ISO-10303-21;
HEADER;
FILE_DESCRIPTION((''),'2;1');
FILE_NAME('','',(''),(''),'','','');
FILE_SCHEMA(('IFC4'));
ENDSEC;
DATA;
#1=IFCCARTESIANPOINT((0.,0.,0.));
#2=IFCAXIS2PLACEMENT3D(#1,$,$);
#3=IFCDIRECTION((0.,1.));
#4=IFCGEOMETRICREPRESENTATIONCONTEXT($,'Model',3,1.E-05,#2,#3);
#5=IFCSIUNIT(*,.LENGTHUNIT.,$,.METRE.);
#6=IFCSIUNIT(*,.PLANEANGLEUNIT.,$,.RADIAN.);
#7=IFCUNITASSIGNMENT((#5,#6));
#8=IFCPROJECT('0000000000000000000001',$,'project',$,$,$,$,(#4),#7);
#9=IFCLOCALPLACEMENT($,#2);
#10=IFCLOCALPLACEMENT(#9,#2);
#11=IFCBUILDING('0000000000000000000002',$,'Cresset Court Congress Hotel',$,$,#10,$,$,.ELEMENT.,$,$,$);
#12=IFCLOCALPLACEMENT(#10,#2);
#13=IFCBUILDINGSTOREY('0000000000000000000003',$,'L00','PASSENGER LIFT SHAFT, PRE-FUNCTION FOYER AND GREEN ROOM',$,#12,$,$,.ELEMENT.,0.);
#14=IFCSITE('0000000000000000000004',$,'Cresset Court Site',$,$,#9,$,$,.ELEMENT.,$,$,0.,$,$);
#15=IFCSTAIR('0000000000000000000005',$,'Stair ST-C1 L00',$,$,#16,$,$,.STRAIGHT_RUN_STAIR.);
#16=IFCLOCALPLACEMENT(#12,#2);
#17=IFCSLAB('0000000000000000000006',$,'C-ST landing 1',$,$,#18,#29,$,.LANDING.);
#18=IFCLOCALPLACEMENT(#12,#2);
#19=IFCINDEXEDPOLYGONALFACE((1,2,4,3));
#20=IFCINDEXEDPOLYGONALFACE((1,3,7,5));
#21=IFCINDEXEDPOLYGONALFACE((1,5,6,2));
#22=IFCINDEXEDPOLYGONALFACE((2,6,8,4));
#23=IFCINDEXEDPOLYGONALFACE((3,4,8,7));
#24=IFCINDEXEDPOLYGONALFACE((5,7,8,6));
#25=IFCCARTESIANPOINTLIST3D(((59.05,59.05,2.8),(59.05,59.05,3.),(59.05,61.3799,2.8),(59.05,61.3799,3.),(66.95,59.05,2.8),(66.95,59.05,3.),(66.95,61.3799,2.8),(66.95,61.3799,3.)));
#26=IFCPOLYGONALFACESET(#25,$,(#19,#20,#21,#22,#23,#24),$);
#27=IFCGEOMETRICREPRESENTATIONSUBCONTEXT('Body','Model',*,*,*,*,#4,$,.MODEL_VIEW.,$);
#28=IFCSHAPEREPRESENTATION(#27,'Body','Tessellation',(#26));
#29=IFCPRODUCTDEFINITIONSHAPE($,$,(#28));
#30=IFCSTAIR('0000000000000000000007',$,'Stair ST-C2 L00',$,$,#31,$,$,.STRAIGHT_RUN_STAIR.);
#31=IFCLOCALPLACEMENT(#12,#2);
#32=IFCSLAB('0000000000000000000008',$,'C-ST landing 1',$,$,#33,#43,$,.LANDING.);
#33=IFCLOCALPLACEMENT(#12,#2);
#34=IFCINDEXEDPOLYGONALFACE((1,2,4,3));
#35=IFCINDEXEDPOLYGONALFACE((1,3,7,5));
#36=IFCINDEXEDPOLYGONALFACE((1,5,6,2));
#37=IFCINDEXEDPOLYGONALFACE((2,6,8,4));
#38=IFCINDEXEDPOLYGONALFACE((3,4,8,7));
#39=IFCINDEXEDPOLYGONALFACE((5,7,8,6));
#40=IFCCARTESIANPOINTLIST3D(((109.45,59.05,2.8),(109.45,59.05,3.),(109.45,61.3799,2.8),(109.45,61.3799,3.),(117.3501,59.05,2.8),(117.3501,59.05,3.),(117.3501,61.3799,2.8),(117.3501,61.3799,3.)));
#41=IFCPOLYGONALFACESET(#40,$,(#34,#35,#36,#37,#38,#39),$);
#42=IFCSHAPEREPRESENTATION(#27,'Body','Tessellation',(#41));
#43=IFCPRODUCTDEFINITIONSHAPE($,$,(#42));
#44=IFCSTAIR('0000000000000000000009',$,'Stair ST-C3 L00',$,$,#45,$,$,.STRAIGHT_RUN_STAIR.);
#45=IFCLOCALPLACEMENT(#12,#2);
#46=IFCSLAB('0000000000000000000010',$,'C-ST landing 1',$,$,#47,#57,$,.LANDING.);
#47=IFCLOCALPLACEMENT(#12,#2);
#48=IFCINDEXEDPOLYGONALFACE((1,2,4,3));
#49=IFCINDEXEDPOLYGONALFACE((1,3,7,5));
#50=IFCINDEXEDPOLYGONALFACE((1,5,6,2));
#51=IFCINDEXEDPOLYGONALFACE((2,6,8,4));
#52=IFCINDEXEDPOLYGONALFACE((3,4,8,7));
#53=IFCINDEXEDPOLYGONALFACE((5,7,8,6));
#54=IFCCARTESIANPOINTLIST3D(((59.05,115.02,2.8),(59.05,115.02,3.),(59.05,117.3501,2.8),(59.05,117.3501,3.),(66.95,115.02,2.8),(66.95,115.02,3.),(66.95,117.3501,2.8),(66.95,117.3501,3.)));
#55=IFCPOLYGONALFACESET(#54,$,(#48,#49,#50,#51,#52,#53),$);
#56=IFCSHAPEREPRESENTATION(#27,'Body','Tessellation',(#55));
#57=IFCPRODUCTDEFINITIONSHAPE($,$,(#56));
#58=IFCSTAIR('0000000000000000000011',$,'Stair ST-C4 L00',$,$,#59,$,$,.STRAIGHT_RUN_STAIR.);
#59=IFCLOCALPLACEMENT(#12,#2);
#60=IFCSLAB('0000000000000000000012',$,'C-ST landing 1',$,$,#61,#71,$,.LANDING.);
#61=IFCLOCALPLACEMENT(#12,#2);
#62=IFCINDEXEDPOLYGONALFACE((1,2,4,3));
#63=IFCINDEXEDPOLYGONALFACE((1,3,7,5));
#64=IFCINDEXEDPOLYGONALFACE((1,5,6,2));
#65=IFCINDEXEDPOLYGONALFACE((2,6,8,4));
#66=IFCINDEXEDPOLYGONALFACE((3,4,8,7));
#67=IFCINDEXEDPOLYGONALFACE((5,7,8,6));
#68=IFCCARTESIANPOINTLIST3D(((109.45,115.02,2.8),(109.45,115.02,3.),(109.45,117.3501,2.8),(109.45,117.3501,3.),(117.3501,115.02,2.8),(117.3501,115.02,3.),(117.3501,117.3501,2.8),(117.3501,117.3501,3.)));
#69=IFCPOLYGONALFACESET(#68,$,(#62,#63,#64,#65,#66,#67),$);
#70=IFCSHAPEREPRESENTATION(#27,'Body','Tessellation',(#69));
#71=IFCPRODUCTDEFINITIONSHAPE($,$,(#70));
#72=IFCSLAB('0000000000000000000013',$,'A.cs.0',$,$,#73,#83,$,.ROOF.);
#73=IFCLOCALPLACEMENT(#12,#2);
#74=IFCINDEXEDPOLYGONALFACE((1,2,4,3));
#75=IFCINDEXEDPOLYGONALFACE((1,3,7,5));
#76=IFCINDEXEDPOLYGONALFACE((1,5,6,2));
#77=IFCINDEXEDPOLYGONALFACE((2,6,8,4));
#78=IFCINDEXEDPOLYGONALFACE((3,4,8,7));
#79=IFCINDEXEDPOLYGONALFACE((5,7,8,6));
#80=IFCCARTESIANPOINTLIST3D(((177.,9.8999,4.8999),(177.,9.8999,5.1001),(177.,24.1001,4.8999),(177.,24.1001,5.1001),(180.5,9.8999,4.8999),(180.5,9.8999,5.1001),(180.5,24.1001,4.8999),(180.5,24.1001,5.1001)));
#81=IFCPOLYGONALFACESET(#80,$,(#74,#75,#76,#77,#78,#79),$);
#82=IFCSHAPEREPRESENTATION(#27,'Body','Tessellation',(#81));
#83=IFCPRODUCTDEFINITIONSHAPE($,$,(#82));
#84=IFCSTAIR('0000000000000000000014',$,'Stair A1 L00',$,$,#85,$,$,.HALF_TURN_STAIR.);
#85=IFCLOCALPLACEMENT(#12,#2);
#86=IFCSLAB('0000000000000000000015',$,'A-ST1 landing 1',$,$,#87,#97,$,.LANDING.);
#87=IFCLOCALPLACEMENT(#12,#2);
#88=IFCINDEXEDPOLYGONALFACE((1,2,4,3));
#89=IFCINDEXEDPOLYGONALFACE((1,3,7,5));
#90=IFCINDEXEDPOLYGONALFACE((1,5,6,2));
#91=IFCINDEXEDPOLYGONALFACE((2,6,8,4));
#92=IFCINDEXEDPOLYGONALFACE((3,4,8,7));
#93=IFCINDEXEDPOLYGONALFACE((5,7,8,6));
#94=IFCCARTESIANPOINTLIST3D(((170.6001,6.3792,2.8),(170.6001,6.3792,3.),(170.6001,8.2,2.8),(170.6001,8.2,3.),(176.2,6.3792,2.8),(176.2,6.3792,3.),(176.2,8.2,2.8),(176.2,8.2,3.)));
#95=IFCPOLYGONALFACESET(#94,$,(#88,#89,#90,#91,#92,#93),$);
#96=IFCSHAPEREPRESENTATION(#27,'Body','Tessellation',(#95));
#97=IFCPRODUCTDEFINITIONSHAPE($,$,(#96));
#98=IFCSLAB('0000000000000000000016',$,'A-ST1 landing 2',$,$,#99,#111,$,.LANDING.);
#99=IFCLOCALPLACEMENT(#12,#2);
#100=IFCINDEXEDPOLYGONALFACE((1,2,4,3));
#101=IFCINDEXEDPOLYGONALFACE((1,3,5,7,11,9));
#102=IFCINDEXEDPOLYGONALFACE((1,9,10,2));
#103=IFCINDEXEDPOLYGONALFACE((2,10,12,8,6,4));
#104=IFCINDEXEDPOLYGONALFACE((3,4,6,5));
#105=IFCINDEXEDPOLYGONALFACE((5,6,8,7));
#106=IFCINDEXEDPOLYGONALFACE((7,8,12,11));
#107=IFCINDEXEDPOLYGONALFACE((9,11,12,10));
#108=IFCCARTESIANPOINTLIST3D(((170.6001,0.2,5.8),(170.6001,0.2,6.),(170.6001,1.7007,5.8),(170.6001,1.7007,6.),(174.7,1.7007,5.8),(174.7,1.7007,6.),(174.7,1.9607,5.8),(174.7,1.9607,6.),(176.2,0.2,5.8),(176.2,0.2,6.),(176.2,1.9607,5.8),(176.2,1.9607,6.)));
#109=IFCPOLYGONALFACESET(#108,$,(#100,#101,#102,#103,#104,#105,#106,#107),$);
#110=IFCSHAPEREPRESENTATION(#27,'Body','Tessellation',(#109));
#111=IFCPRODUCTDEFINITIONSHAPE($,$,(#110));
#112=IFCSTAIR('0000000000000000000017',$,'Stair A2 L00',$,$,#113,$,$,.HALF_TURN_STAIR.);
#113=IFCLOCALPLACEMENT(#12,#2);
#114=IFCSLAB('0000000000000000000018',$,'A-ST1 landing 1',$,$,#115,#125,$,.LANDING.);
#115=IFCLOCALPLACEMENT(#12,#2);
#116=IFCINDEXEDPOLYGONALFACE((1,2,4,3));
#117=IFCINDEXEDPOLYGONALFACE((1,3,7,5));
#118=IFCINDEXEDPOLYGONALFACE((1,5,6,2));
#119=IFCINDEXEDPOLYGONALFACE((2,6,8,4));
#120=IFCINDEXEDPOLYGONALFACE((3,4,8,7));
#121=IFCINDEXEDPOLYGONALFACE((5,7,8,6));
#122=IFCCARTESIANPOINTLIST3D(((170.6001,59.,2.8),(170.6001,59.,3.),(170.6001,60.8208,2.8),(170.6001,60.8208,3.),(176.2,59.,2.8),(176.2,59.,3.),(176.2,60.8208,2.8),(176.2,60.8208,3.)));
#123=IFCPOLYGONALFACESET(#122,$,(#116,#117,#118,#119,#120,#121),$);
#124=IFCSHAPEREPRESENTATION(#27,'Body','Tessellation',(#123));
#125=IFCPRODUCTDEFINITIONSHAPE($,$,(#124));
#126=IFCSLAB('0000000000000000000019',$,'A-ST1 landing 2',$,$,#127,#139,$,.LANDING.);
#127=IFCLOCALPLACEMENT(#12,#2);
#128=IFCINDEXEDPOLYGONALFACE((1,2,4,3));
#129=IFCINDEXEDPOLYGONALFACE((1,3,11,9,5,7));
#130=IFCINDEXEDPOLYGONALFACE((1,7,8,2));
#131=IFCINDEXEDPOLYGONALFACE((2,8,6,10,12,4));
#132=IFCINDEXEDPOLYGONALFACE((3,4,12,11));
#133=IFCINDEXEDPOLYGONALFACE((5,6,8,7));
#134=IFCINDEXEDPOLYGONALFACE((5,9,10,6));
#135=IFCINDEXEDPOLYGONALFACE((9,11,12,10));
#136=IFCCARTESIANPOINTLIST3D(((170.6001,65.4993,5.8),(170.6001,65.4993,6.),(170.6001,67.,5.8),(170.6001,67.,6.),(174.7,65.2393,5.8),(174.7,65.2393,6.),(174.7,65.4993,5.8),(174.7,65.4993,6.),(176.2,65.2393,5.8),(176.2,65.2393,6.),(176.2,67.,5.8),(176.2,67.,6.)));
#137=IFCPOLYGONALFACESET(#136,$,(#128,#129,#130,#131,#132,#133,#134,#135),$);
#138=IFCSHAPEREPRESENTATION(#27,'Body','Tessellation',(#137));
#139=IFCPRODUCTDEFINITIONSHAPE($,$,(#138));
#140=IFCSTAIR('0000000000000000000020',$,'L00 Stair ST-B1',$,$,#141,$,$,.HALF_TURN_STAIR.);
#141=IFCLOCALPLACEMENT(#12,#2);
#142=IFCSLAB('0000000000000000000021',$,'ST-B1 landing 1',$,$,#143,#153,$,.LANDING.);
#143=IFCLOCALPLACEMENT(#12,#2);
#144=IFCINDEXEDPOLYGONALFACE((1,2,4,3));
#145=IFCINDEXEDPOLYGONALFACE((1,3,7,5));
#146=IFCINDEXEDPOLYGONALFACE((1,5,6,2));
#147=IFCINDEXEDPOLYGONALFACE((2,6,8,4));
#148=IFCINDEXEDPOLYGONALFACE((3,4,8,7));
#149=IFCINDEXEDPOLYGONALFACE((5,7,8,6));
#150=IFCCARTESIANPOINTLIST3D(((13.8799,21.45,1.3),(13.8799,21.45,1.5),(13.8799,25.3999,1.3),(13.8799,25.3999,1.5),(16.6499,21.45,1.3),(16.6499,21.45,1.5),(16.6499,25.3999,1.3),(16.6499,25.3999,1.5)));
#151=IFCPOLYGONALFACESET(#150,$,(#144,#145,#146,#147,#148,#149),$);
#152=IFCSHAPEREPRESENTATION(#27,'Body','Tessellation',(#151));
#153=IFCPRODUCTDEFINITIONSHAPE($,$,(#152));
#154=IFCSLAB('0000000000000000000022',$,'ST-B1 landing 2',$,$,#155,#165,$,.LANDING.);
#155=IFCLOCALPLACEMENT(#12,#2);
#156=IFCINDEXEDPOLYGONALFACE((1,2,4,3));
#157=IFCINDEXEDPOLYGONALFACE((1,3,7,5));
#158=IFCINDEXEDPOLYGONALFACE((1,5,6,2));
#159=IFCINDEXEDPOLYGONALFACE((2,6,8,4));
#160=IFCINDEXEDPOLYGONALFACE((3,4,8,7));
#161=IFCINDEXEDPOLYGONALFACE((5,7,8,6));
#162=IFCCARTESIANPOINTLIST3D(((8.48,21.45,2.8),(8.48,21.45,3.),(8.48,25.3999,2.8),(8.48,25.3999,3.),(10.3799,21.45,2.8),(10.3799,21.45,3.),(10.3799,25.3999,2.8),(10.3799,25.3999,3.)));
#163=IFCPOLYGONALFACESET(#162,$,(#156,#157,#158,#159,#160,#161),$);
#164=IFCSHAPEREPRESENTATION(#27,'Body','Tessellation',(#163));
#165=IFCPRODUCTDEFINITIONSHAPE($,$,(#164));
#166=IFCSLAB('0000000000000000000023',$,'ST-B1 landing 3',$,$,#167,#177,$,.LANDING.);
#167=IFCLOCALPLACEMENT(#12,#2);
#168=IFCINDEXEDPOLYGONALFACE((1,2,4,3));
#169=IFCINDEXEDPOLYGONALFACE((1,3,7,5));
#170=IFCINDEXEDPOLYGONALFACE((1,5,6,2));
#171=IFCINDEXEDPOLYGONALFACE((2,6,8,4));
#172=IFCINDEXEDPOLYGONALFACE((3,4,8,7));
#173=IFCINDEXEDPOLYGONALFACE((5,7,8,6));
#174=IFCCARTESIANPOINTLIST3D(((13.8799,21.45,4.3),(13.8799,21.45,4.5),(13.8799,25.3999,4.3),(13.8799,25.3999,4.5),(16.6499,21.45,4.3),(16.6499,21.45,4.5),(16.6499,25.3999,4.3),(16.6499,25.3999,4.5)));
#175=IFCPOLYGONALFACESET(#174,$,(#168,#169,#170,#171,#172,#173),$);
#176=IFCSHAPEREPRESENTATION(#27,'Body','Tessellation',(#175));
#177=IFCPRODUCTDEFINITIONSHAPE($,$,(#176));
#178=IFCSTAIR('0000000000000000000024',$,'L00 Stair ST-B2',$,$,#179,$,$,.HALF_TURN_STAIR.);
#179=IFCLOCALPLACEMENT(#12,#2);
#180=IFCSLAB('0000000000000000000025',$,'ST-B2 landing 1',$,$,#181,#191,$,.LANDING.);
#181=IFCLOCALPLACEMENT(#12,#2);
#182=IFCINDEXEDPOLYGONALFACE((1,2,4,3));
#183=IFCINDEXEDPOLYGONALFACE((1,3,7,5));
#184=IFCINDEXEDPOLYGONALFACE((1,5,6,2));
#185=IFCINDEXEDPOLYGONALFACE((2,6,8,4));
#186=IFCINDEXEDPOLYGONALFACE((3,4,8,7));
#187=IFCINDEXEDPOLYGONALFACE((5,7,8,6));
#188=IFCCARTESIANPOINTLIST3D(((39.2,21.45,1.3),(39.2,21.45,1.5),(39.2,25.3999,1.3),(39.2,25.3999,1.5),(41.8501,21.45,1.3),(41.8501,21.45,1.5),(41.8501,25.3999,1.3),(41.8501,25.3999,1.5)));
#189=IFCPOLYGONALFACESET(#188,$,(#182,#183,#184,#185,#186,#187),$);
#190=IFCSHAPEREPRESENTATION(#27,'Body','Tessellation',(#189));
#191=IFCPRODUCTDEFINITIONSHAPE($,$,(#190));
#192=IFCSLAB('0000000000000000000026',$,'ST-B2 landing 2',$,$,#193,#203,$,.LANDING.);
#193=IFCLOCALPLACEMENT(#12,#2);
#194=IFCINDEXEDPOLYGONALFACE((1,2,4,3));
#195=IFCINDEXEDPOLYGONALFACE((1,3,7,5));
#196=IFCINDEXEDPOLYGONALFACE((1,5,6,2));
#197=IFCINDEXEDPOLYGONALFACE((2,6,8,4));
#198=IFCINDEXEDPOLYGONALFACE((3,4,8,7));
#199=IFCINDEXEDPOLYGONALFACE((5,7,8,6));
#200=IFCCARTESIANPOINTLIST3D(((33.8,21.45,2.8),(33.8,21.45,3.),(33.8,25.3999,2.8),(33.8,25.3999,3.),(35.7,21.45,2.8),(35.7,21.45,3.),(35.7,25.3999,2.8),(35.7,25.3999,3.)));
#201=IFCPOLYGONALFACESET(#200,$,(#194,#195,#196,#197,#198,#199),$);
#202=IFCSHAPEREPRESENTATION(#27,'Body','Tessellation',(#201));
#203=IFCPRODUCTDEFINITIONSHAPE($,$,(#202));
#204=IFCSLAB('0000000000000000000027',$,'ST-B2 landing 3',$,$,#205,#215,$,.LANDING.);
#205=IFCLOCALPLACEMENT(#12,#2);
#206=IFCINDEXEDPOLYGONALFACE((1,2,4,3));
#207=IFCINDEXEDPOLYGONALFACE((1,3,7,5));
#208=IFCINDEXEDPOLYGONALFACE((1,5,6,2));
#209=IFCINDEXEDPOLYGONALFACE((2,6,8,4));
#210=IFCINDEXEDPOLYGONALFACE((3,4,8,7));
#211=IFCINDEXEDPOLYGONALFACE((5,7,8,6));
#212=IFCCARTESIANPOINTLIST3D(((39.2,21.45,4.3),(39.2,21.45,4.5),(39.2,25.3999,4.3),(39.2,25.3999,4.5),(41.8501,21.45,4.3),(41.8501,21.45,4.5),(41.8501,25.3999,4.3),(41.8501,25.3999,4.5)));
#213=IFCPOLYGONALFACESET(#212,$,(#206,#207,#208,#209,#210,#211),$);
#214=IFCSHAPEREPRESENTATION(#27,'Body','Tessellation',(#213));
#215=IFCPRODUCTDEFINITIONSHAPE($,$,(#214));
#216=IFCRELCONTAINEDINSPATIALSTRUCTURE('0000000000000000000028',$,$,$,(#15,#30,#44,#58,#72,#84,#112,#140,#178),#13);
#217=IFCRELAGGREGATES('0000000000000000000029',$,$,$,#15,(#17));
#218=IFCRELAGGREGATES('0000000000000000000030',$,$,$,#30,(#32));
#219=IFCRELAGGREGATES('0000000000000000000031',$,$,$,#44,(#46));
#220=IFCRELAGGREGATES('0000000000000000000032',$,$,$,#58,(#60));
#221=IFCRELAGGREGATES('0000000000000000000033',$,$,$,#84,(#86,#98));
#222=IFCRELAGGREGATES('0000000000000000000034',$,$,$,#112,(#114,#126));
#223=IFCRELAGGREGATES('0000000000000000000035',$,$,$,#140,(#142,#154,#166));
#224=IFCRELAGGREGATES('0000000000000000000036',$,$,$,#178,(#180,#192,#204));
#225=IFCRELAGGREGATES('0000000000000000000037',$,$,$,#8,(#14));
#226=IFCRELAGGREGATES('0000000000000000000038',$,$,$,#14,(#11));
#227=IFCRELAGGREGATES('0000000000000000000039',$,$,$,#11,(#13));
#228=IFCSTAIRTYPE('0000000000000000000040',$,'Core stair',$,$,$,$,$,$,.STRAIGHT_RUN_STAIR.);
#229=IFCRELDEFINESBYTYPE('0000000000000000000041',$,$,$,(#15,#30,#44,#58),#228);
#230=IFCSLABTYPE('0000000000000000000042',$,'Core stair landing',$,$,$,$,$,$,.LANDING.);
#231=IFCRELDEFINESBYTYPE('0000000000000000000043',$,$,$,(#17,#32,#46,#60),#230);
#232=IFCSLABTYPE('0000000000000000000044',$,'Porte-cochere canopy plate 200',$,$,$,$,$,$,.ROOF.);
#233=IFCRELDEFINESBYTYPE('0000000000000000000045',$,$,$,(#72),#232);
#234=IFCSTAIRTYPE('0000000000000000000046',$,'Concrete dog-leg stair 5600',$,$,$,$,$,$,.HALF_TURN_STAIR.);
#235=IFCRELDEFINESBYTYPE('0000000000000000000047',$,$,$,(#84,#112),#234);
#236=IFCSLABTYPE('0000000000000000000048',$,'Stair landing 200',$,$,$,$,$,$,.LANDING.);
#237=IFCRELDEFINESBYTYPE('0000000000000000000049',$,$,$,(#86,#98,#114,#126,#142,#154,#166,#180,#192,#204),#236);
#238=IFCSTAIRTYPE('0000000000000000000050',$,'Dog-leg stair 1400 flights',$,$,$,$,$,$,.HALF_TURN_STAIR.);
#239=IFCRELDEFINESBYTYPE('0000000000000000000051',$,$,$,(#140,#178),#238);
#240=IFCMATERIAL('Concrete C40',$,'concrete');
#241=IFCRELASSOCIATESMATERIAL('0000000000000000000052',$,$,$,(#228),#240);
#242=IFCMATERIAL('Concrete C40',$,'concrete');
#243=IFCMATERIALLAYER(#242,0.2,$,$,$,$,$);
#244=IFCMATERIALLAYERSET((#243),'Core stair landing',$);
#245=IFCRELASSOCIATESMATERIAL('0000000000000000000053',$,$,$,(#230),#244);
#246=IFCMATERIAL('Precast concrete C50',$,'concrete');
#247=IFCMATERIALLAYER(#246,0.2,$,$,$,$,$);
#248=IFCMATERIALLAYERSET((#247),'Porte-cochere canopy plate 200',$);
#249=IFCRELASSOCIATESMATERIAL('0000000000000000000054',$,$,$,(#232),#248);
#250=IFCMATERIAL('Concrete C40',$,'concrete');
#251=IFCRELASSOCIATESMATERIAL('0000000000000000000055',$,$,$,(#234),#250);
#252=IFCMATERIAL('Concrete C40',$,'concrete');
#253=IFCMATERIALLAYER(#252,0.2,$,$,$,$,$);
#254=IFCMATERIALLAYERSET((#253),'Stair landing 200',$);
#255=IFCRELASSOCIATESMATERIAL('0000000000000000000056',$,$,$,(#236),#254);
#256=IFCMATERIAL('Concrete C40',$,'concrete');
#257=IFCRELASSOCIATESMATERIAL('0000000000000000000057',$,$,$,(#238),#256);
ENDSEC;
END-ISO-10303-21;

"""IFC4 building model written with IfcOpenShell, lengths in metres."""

from ifc_helpers import new_model, si_unit, direction, frame, origin, place, context, subcontext, project, spatial, polyline, outline, extrude, material, layer, layer_set, type_object, element, aggregate, save


model = new_model("IFC4")

# Units and contexts
model_context = context("Model", 3, precision=1e-05, world=origin(), true_north=direction((0.0, 1.0)))
body_context = subcontext(model_context, "Body", "Model", "MODEL_VIEW")
ifc_project = project(units=[si_unit("LENGTHUNIT", "METRE"), si_unit("PLANEANGLEUNIT", "RADIAN")], contexts=[model_context])

# Site, building, storey
site_placement = place(None, origin())
site = spatial("IfcSite", under=ifc_project, at=site_placement, Name="Cresset Court Site", CompositionType="ELEMENT", RefElevation=0.0)
building_placement = place(site_placement, origin())
building = spatial("IfcBuilding", under=site, at=building_placement, Name="Cresset Court Congress Hotel", CompositionType="ELEMENT")
storey_placement = place(building_placement, origin())
storey = spatial("IfcBuildingStorey", under=building, at=storey_placement, Name="L00", Description="PASSENGER LIFT SHAFT, PRE-FUNCTION FOYER AND GREEN ROOM", CompositionType="ELEMENT", Elevation=0.0)

# Stairs, slabs
ifc_material_1 = material(Name="Concrete C40", Category="concrete")
stair_type_1 = type_object("IfcStairType", Name="Core stair", PredefinedType="STRAIGHT_RUN_STAIR", material=ifc_material_1)
stair_1_placement = place(storey_placement, origin())
stair_1 = element("IfcStair", 1, at=stair_1_placement, inside=storey, type_object=stair_type_1, Name="Stair ST-C1 L00", PredefinedType="STRAIGHT_RUN_STAIR")
ifc_material_2 = material(Name="Concrete C40", Category="concrete")
ifc_layer_1 = layer(ifc_material_2, 0.2)
ifc_layer_set_1 = layer_set([ifc_layer_1], Name="Core stair landing")
slab_type_1 = type_object("IfcSlabType", Name="Core stair landing", PredefinedType="LANDING", material=ifc_layer_set_1)
slab_1_placement = place(storey_placement, frame((0.0, 0.0, 2.8)))
slab_1 = element("IfcSlab", 2, at=slab_1_placement, type_object=slab_type_1, Name="C-ST landing 1", PredefinedType="LANDING", context=body_context, shape_type="SweptSolid", body=[
    extrude(outline(polyline([(66.95, 59.05), (66.95, 61.3799), (59.05, 61.3799), (59.05, 59.05), (66.95, 59.05)])), origin(), (0.0, 0.0, 1.0), 0.2),
])
aggregate(stair_1, [slab_1])
stair_2_placement = place(storey_placement, origin())
stair_2 = element("IfcStair", 3, at=stair_2_placement, inside=storey, type_object=stair_type_1, Name="Stair ST-C2 L00", PredefinedType="STRAIGHT_RUN_STAIR")
slab_2_placement = place(storey_placement, frame((0.0, 0.0, 2.8)))
slab_2 = element("IfcSlab", 4, at=slab_2_placement, type_object=slab_type_1, Name="C-ST landing 1", PredefinedType="LANDING", context=body_context, shape_type="SweptSolid", body=[
    extrude(outline(polyline([(117.3501, 59.05), (117.3501, 61.3799), (109.45, 61.3799), (109.45, 59.05), (117.3501, 59.05)])), origin(), (0.0, 0.0, 1.0), 0.2),
])
aggregate(stair_2, [slab_2])
stair_3_placement = place(storey_placement, origin())
stair_3 = element("IfcStair", 5, at=stair_3_placement, inside=storey, type_object=stair_type_1, Name="Stair ST-C3 L00", PredefinedType="STRAIGHT_RUN_STAIR")
slab_3_placement = place(storey_placement, frame((0.0, 0.0, 2.8)))
slab_3 = element("IfcSlab", 6, at=slab_3_placement, type_object=slab_type_1, Name="C-ST landing 1", PredefinedType="LANDING", context=body_context, shape_type="SweptSolid", body=[
    extrude(outline(polyline([(66.95, 115.02), (66.95, 117.3501), (59.05, 117.3501), (59.05, 115.02), (66.95, 115.02)])), origin(), (0.0, 0.0, 1.0), 0.2),
])
aggregate(stair_3, [slab_3])
stair_4_placement = place(storey_placement, origin())
stair_4 = element("IfcStair", 7, at=stair_4_placement, inside=storey, type_object=stair_type_1, Name="Stair ST-C4 L00", PredefinedType="STRAIGHT_RUN_STAIR")
slab_4_placement = place(storey_placement, frame((0.0, 0.0, 2.8)))
slab_4 = element("IfcSlab", 8, at=slab_4_placement, type_object=slab_type_1, Name="C-ST landing 1", PredefinedType="LANDING", context=body_context, shape_type="SweptSolid", body=[
    extrude(outline(polyline([(117.3501, 115.02), (117.3501, 117.3501), (109.45, 117.3501), (109.45, 115.02), (117.3501, 115.02)])), origin(), (0.0, 0.0, 1.0), 0.2),
])
aggregate(stair_4, [slab_4])

# Slab
ifc_material_3 = material(Name="Precast concrete C50", Category="concrete")
ifc_layer_2 = layer(ifc_material_3, 0.2)
ifc_layer_set_2 = layer_set([ifc_layer_2], Name="Porte-cochere canopy plate 200")
slab_type_2 = type_object("IfcSlabType", Name="Porte-cochere canopy plate 200", PredefinedType="ROOF", material=ifc_layer_set_2)
slab_5_placement = place(storey_placement, frame((0.0, 0.0, 4.8999)))
element("IfcSlab", 9, at=slab_5_placement, inside=storey, type_object=slab_type_2, Name="A.cs.0", PredefinedType="ROOF", context=body_context, shape_type="SweptSolid", body=[
    extrude(outline(polyline([(177.0, 9.8999), (180.5, 9.8999), (180.5, 24.1001), (177.0, 24.1001), (177.0, 9.8999)])), origin(), (0.0, 0.0, 1.0), 0.2002),
])

# Stairs, slabs
ifc_material_4 = material(Name="Concrete C40", Category="concrete")
stair_type_2 = type_object("IfcStairType", Name="Concrete dog-leg stair 5600", PredefinedType="HALF_TURN_STAIR", material=ifc_material_4)
stair_5_placement = place(storey_placement, origin())
stair_5 = element("IfcStair", 10, at=stair_5_placement, inside=storey, type_object=stair_type_2, Name="Stair A1 L00", PredefinedType="HALF_TURN_STAIR")
ifc_material_5 = material(Name="Concrete C40", Category="concrete")
ifc_layer_3 = layer(ifc_material_5, 0.2)
ifc_layer_set_3 = layer_set([ifc_layer_3], Name="Stair landing 200")
slab_type_3 = type_object("IfcSlabType", Name="Stair landing 200", PredefinedType="LANDING", material=ifc_layer_set_3)
slab_6_placement = place(storey_placement, frame((0.0, 0.0, 2.8)))
slab_6 = element("IfcSlab", 11, at=slab_6_placement, type_object=slab_type_3, Name="A-ST1 landing 1", PredefinedType="LANDING", context=body_context, shape_type="SweptSolid", body=[
    extrude(outline(polyline([(170.6001, 6.3792), (176.2, 6.3792), (176.2, 8.2), (170.6001, 8.2), (170.6001, 6.3792)])), origin(), (0.0, 0.0, 1.0), 0.2),
])
slab_7_placement = place(storey_placement, frame((0.0, 0.0, 5.8)))
slab_7 = element("IfcSlab", 12, at=slab_7_placement, type_object=slab_type_3, Name="A-ST1 landing 2", PredefinedType="LANDING", context=body_context, shape_type="SweptSolid", body=[
    extrude(outline(polyline([(170.6001, 0.2), (176.2, 0.2), (176.2, 1.9607), (174.7, 1.9607), (174.7, 1.7007), (170.6001, 1.7007), (170.6001, 0.2)])), origin(), (0.0, 0.0, 1.0), 0.2),
])
aggregate(stair_5, [slab_6, slab_7])
stair_6_placement = place(storey_placement, origin())
stair_6 = element("IfcStair", 13, at=stair_6_placement, inside=storey, type_object=stair_type_2, Name="Stair A2 L00", PredefinedType="HALF_TURN_STAIR")
slab_8_placement = place(storey_placement, frame((0.0, 0.0, 2.8)))
slab_8 = element("IfcSlab", 14, at=slab_8_placement, type_object=slab_type_3, Name="A-ST1 landing 1", PredefinedType="LANDING", context=body_context, shape_type="SweptSolid", body=[
    extrude(outline(polyline([(170.6001, 60.8208), (176.2, 60.8208), (176.2, 59.0), (170.6001, 59.0), (170.6001, 60.8208)])), origin(), (0.0, 0.0, 1.0), 0.2),
])
slab_9_placement = place(storey_placement, frame((0.0, 0.0, 5.8)))
slab_9 = element("IfcSlab", 15, at=slab_9_placement, type_object=slab_type_3, Name="A-ST1 landing 2", PredefinedType="LANDING", context=body_context, shape_type="SweptSolid", body=[
    extrude(outline(polyline([(170.6001, 67.0), (176.2, 67.0), (176.2, 65.2393), (174.7, 65.2393), (174.7, 65.4993), (170.6001, 65.4993), (170.6001, 67.0)])), origin(), (0.0, 0.0, 1.0), 0.2),
])
aggregate(stair_6, [slab_8, slab_9])
ifc_material_6 = material(Name="Concrete C40", Category="concrete")
stair_type_3 = type_object("IfcStairType", Name="Dog-leg stair 1400 flights", PredefinedType="HALF_TURN_STAIR", material=ifc_material_6)
stair_7_placement = place(storey_placement, origin())
stair_7 = element("IfcStair", 16, at=stair_7_placement, inside=storey, type_object=stair_type_3, Name="L00 Stair ST-B1", PredefinedType="HALF_TURN_STAIR")
slab_10_placement = place(storey_placement, frame((0.0, 0.0, 1.3)))
slab_10 = element("IfcSlab", 17, at=slab_10_placement, type_object=slab_type_3, Name="ST-B1 landing 1", PredefinedType="LANDING", context=body_context, shape_type="SweptSolid", body=[
    extrude(outline(polyline([(13.8799, 21.45), (16.6499, 21.45), (16.6499, 25.3999), (13.8799, 25.3999), (13.8799, 21.45)])), origin(), (0.0, 0.0, 1.0), 0.2),
])
slab_11_placement = place(storey_placement, frame((0.0, 0.0, 2.8)))
slab_11 = element("IfcSlab", 18, at=slab_11_placement, type_object=slab_type_3, Name="ST-B1 landing 2", PredefinedType="LANDING", context=body_context, shape_type="SweptSolid", body=[
    extrude(outline(polyline([(8.48, 21.45), (10.3799, 21.45), (10.3799, 25.3999), (8.48, 25.3999), (8.48, 21.45)])), origin(), (0.0, 0.0, 1.0), 0.2),
])
slab_12_placement = place(storey_placement, frame((0.0, 0.0, 4.3)))
slab_12 = element("IfcSlab", 19, at=slab_12_placement, type_object=slab_type_3, Name="ST-B1 landing 3", PredefinedType="LANDING", context=body_context, shape_type="SweptSolid", body=[
    extrude(outline(polyline([(13.8799, 21.45), (16.6499, 21.45), (16.6499, 25.3999), (13.8799, 25.3999), (13.8799, 21.45)])), origin(), (0.0, 0.0, 1.0), 0.2),
])
aggregate(stair_7, [slab_10, slab_11, slab_12])
stair_8_placement = place(storey_placement, origin())
stair_8 = element("IfcStair", 20, at=stair_8_placement, inside=storey, type_object=stair_type_3, Name="L00 Stair ST-B2", PredefinedType="HALF_TURN_STAIR")
slab_13_placement = place(storey_placement, frame((0.0, 0.0, 1.3)))
slab_13 = element("IfcSlab", 21, at=slab_13_placement, type_object=slab_type_3, Name="ST-B2 landing 1", PredefinedType="LANDING", context=body_context, shape_type="SweptSolid", body=[
    extrude(outline(polyline([(39.2, 21.45), (41.8501, 21.45), (41.8501, 25.3999), (39.2, 25.3999), (39.2, 21.45)])), origin(), (0.0, 0.0, 1.0), 0.2),
])
slab_14_placement = place(storey_placement, frame((0.0, 0.0, 2.8)))
slab_14 = element("IfcSlab", 22, at=slab_14_placement, type_object=slab_type_3, Name="ST-B2 landing 2", PredefinedType="LANDING", context=body_context, shape_type="SweptSolid", body=[
    extrude(outline(polyline([(33.8, 21.45), (35.7, 21.45), (35.7, 25.3999), (33.8, 25.3999), (33.8, 21.45)])), origin(), (0.0, 0.0, 1.0), 0.2),
])
slab_15_placement = place(storey_placement, frame((0.0, 0.0, 4.3)))
slab_15 = element("IfcSlab", 23, at=slab_15_placement, type_object=slab_type_3, Name="ST-B2 landing 3", PredefinedType="LANDING", context=body_context, shape_type="SweptSolid", body=[
    extrude(outline(polyline([(39.2, 21.45), (41.8501, 21.45), (41.8501, 25.3999), (39.2, 25.3999), (39.2, 21.45)])), origin(), (0.0, 0.0, 1.0), 0.2),
])
aggregate(stair_8, [slab_13, slab_14, slab_15])

save(model, "model.ifc")
